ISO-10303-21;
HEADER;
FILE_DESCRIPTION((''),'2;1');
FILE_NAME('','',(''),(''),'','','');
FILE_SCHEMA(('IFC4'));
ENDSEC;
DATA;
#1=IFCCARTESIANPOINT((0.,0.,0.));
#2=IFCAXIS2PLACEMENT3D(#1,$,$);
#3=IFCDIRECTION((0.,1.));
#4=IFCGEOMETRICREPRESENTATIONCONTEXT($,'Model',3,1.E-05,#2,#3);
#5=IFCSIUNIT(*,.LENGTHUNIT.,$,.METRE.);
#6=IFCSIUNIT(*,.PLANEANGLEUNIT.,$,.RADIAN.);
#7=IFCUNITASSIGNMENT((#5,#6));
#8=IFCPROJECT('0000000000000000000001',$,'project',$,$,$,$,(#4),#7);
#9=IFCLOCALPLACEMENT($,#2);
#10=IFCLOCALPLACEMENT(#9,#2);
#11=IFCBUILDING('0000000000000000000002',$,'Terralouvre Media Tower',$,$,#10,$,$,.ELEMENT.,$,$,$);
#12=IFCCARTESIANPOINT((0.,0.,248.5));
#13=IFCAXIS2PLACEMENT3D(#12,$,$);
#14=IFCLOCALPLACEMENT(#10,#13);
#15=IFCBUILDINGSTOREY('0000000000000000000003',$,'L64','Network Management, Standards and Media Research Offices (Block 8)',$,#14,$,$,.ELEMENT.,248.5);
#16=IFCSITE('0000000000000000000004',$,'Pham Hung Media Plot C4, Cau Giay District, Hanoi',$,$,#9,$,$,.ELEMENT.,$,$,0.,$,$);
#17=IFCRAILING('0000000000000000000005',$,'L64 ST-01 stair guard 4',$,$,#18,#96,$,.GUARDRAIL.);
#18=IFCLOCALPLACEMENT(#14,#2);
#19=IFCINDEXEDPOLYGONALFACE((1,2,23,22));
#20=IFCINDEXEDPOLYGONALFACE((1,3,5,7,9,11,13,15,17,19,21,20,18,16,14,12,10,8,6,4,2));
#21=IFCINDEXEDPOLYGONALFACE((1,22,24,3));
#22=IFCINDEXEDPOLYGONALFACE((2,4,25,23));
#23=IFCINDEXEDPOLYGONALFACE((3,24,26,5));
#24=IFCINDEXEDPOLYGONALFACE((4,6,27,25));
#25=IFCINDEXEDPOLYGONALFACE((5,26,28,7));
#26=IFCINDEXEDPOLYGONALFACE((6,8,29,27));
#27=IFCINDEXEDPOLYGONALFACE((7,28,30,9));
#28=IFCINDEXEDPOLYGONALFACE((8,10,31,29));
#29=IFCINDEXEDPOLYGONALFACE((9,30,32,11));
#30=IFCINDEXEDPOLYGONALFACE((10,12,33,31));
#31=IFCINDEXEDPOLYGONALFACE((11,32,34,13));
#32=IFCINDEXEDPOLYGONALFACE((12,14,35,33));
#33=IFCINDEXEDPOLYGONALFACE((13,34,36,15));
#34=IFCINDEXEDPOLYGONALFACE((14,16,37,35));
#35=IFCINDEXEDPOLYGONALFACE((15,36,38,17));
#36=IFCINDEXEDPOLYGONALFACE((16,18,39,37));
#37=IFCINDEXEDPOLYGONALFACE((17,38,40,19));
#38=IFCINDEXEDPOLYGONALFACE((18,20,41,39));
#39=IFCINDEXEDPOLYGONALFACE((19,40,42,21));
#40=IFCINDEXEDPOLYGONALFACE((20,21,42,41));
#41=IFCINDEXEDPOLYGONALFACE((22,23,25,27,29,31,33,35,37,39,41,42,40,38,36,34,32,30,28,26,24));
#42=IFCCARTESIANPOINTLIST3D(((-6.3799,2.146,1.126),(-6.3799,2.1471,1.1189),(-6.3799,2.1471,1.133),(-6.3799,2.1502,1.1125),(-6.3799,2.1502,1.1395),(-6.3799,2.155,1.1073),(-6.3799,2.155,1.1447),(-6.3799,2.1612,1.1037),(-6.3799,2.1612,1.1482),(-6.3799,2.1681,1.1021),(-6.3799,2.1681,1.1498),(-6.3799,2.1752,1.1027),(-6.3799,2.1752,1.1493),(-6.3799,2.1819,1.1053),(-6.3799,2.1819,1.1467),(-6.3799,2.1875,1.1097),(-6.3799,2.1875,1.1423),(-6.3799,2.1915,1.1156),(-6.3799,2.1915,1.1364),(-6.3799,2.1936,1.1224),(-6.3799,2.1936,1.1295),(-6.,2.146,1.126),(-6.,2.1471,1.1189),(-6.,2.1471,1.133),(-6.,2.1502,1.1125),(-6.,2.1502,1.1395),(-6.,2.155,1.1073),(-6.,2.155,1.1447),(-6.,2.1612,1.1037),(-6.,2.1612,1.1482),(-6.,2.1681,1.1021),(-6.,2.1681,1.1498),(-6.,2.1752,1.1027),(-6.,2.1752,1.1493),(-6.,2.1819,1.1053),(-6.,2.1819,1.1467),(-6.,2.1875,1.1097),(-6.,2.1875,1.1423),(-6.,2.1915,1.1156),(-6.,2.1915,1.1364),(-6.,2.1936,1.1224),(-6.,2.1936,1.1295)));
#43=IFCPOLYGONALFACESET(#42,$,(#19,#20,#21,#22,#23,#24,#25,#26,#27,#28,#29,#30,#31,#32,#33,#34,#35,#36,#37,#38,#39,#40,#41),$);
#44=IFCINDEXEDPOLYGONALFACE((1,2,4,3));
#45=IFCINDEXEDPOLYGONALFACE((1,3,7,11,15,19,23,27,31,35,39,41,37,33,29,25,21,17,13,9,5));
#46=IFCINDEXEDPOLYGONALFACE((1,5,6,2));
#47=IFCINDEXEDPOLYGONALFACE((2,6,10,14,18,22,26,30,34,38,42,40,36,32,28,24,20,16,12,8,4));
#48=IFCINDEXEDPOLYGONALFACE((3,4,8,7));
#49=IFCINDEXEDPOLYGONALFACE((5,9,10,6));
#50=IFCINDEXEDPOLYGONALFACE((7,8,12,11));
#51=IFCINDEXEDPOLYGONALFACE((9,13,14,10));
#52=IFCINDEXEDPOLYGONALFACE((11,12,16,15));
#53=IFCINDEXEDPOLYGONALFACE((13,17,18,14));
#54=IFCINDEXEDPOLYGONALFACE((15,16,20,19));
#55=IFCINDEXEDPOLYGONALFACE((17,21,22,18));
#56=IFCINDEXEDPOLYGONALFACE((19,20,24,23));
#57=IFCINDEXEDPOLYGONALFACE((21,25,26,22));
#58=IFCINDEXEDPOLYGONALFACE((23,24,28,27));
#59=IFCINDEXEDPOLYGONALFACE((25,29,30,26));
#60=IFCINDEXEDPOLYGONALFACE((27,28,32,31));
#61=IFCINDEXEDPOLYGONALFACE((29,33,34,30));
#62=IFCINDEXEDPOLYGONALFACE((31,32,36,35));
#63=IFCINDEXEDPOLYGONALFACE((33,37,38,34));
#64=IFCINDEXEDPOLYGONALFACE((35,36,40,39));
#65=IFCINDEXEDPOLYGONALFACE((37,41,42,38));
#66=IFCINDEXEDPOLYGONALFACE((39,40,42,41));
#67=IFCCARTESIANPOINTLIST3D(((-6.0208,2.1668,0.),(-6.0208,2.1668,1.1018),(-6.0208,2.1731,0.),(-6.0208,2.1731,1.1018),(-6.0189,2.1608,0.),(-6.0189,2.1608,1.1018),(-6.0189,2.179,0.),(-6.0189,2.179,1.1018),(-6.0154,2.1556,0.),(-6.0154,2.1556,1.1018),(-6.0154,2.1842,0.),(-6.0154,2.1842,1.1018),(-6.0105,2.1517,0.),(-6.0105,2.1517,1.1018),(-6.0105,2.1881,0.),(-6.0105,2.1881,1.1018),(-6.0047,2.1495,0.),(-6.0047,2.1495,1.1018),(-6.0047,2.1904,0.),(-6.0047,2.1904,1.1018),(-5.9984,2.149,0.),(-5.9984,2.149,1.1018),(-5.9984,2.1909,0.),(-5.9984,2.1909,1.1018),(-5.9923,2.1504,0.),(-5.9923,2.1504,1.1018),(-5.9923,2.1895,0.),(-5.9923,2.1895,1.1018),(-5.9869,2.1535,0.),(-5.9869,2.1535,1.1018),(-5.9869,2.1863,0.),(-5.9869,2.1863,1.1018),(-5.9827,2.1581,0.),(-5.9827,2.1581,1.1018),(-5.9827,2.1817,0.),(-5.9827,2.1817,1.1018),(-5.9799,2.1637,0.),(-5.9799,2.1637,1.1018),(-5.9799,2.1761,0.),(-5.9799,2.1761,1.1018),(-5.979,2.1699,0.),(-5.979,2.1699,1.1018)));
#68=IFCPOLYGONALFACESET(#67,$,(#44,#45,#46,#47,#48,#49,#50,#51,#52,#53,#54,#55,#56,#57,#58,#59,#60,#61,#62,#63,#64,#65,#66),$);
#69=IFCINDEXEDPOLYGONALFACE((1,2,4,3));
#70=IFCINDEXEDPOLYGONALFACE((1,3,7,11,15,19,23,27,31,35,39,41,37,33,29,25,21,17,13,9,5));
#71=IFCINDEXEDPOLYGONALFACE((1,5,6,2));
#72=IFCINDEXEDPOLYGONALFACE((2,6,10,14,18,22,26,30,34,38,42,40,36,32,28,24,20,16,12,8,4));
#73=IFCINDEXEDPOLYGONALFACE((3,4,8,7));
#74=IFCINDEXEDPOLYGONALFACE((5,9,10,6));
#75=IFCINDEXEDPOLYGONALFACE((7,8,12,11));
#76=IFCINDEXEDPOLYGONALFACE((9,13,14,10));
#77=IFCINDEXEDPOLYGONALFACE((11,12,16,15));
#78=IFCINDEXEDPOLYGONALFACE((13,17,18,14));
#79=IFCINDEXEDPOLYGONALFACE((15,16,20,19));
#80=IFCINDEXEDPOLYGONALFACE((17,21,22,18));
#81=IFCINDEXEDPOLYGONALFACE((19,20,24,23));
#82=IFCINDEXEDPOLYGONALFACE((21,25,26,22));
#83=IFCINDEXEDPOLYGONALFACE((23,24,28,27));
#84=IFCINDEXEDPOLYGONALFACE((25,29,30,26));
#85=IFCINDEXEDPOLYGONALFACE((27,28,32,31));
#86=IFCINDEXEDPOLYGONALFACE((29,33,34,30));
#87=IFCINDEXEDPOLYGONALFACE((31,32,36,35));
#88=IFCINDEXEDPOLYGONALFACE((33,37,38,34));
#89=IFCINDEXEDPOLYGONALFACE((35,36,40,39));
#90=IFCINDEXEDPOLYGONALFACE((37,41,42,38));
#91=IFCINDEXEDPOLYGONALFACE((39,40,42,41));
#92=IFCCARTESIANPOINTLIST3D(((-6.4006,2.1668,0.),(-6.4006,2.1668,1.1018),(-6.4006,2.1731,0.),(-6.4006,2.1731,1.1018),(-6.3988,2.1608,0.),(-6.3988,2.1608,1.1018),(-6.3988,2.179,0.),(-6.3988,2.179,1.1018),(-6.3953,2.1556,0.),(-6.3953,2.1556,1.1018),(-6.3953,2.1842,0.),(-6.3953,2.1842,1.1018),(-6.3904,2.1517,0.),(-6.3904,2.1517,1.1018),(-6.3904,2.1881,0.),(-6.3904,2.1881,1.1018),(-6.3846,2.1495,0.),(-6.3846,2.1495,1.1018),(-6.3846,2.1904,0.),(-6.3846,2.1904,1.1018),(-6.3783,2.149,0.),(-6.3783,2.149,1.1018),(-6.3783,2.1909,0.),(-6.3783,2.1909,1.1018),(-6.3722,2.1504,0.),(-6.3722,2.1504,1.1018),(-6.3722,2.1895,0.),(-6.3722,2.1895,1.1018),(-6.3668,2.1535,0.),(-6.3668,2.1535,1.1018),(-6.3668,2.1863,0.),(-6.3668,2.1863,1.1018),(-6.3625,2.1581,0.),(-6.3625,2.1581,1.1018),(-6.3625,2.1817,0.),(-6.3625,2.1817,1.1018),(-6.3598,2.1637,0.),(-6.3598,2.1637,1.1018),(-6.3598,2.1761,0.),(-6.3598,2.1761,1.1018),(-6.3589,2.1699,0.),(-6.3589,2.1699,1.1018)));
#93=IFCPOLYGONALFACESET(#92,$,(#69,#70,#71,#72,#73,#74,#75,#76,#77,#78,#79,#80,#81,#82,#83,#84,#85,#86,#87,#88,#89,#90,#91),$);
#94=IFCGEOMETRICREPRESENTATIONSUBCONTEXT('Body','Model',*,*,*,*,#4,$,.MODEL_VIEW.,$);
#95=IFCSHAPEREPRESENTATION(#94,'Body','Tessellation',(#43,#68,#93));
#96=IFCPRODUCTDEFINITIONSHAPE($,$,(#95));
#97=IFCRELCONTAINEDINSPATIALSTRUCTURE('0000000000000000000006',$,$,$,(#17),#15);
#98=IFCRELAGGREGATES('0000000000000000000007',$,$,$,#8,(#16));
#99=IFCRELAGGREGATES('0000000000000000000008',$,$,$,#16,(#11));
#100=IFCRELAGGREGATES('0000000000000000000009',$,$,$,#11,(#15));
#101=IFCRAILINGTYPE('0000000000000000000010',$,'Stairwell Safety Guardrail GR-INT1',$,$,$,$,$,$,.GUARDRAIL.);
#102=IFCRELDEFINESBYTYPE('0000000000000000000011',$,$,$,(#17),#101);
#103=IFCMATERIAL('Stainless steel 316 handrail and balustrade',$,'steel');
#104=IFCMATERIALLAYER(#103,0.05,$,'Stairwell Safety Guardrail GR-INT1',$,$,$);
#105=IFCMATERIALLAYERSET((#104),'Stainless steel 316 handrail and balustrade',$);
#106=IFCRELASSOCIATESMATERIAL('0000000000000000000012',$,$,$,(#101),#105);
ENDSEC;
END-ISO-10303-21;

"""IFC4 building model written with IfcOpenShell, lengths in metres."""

from ifc_helpers import new_model, si_unit, direction, frame, origin, origin_2d, place, context, subcontext, project, spatial, circle, extrude, material, layer, layer_set, type_object, element, save


model = new_model("IFC4")

# Units and contexts
model_context = context("Model", 3, precision=1e-05, world=origin(), true_north=direction((0.0, 1.0)))
body_context = subcontext(model_context, "Body", "Model", "MODEL_VIEW")
ifc_project = project(units=[si_unit("LENGTHUNIT", "METRE"), si_unit("PLANEANGLEUNIT", "RADIAN")], contexts=[model_context])

# Site, building, storey
site_placement = place(None, origin())
site = spatial("IfcSite", under=ifc_project, at=site_placement, Name="Pham Hung Media Plot C4, Cau Giay District, Hanoi", CompositionType="ELEMENT", RefElevation=0.0)
building_placement = place(site_placement, origin())
building = spatial("IfcBuilding", under=site, at=building_placement, Name="Terralouvre Media Tower", CompositionType="ELEMENT")
storey_placement = place(building_placement, frame((0.0, 0.0, 248.5)))
storey = spatial("IfcBuildingStorey", under=building, at=storey_placement, Name="L64", Description="Network Management, Standards and Media Research Offices (Block 8)", CompositionType="ELEMENT", Elevation=248.5)

# Railing
ifc_material_1 = material(Name="Stainless steel 316 handrail and balustrade", Category="steel")
ifc_layer_1 = layer(ifc_material_1, 0.05, Name="Stairwell Safety Guardrail GR-INT1")
ifc_layer_set_1 = layer_set([ifc_layer_1], Name="Stainless steel 316 handrail and balustrade")
railing_type_1 = type_object("IfcRailingType", Name="Stairwell Safety Guardrail GR-INT1", PredefinedType="GUARDRAIL", material=ifc_layer_set_1)
railing_1_placement = place(storey_placement, frame((-6.0, 2.1699, 0.0)))
element("IfcRailing", 1, at=railing_1_placement, inside=storey, type_object=railing_type_1, Name="L64 ST-01 stair guard 4", PredefinedType="GUARDRAIL", context=body_context, shape_type="SweptSolid", body=[
    extrude(circle(Radius=0.0239, at=origin_2d()), frame((0.0, 0.0, 1.126), z_axis=(-1.0, 0.0, 0.0), x_axis=(0.0, -1.0, 0.0)), (0.0, 0.0, 1.0), 0.3799),
    extrude(circle(Radius=0.021, at=origin_2d()), origin(), (0.0, 0.0, 1.0), 1.1018),
    extrude(circle(Radius=0.021, at=origin_2d()), frame((-0.3799, 0.0, 0.0)), (0.0, 0.0, 1.0), 1.1018),
])

save(model, "model.ifc")
